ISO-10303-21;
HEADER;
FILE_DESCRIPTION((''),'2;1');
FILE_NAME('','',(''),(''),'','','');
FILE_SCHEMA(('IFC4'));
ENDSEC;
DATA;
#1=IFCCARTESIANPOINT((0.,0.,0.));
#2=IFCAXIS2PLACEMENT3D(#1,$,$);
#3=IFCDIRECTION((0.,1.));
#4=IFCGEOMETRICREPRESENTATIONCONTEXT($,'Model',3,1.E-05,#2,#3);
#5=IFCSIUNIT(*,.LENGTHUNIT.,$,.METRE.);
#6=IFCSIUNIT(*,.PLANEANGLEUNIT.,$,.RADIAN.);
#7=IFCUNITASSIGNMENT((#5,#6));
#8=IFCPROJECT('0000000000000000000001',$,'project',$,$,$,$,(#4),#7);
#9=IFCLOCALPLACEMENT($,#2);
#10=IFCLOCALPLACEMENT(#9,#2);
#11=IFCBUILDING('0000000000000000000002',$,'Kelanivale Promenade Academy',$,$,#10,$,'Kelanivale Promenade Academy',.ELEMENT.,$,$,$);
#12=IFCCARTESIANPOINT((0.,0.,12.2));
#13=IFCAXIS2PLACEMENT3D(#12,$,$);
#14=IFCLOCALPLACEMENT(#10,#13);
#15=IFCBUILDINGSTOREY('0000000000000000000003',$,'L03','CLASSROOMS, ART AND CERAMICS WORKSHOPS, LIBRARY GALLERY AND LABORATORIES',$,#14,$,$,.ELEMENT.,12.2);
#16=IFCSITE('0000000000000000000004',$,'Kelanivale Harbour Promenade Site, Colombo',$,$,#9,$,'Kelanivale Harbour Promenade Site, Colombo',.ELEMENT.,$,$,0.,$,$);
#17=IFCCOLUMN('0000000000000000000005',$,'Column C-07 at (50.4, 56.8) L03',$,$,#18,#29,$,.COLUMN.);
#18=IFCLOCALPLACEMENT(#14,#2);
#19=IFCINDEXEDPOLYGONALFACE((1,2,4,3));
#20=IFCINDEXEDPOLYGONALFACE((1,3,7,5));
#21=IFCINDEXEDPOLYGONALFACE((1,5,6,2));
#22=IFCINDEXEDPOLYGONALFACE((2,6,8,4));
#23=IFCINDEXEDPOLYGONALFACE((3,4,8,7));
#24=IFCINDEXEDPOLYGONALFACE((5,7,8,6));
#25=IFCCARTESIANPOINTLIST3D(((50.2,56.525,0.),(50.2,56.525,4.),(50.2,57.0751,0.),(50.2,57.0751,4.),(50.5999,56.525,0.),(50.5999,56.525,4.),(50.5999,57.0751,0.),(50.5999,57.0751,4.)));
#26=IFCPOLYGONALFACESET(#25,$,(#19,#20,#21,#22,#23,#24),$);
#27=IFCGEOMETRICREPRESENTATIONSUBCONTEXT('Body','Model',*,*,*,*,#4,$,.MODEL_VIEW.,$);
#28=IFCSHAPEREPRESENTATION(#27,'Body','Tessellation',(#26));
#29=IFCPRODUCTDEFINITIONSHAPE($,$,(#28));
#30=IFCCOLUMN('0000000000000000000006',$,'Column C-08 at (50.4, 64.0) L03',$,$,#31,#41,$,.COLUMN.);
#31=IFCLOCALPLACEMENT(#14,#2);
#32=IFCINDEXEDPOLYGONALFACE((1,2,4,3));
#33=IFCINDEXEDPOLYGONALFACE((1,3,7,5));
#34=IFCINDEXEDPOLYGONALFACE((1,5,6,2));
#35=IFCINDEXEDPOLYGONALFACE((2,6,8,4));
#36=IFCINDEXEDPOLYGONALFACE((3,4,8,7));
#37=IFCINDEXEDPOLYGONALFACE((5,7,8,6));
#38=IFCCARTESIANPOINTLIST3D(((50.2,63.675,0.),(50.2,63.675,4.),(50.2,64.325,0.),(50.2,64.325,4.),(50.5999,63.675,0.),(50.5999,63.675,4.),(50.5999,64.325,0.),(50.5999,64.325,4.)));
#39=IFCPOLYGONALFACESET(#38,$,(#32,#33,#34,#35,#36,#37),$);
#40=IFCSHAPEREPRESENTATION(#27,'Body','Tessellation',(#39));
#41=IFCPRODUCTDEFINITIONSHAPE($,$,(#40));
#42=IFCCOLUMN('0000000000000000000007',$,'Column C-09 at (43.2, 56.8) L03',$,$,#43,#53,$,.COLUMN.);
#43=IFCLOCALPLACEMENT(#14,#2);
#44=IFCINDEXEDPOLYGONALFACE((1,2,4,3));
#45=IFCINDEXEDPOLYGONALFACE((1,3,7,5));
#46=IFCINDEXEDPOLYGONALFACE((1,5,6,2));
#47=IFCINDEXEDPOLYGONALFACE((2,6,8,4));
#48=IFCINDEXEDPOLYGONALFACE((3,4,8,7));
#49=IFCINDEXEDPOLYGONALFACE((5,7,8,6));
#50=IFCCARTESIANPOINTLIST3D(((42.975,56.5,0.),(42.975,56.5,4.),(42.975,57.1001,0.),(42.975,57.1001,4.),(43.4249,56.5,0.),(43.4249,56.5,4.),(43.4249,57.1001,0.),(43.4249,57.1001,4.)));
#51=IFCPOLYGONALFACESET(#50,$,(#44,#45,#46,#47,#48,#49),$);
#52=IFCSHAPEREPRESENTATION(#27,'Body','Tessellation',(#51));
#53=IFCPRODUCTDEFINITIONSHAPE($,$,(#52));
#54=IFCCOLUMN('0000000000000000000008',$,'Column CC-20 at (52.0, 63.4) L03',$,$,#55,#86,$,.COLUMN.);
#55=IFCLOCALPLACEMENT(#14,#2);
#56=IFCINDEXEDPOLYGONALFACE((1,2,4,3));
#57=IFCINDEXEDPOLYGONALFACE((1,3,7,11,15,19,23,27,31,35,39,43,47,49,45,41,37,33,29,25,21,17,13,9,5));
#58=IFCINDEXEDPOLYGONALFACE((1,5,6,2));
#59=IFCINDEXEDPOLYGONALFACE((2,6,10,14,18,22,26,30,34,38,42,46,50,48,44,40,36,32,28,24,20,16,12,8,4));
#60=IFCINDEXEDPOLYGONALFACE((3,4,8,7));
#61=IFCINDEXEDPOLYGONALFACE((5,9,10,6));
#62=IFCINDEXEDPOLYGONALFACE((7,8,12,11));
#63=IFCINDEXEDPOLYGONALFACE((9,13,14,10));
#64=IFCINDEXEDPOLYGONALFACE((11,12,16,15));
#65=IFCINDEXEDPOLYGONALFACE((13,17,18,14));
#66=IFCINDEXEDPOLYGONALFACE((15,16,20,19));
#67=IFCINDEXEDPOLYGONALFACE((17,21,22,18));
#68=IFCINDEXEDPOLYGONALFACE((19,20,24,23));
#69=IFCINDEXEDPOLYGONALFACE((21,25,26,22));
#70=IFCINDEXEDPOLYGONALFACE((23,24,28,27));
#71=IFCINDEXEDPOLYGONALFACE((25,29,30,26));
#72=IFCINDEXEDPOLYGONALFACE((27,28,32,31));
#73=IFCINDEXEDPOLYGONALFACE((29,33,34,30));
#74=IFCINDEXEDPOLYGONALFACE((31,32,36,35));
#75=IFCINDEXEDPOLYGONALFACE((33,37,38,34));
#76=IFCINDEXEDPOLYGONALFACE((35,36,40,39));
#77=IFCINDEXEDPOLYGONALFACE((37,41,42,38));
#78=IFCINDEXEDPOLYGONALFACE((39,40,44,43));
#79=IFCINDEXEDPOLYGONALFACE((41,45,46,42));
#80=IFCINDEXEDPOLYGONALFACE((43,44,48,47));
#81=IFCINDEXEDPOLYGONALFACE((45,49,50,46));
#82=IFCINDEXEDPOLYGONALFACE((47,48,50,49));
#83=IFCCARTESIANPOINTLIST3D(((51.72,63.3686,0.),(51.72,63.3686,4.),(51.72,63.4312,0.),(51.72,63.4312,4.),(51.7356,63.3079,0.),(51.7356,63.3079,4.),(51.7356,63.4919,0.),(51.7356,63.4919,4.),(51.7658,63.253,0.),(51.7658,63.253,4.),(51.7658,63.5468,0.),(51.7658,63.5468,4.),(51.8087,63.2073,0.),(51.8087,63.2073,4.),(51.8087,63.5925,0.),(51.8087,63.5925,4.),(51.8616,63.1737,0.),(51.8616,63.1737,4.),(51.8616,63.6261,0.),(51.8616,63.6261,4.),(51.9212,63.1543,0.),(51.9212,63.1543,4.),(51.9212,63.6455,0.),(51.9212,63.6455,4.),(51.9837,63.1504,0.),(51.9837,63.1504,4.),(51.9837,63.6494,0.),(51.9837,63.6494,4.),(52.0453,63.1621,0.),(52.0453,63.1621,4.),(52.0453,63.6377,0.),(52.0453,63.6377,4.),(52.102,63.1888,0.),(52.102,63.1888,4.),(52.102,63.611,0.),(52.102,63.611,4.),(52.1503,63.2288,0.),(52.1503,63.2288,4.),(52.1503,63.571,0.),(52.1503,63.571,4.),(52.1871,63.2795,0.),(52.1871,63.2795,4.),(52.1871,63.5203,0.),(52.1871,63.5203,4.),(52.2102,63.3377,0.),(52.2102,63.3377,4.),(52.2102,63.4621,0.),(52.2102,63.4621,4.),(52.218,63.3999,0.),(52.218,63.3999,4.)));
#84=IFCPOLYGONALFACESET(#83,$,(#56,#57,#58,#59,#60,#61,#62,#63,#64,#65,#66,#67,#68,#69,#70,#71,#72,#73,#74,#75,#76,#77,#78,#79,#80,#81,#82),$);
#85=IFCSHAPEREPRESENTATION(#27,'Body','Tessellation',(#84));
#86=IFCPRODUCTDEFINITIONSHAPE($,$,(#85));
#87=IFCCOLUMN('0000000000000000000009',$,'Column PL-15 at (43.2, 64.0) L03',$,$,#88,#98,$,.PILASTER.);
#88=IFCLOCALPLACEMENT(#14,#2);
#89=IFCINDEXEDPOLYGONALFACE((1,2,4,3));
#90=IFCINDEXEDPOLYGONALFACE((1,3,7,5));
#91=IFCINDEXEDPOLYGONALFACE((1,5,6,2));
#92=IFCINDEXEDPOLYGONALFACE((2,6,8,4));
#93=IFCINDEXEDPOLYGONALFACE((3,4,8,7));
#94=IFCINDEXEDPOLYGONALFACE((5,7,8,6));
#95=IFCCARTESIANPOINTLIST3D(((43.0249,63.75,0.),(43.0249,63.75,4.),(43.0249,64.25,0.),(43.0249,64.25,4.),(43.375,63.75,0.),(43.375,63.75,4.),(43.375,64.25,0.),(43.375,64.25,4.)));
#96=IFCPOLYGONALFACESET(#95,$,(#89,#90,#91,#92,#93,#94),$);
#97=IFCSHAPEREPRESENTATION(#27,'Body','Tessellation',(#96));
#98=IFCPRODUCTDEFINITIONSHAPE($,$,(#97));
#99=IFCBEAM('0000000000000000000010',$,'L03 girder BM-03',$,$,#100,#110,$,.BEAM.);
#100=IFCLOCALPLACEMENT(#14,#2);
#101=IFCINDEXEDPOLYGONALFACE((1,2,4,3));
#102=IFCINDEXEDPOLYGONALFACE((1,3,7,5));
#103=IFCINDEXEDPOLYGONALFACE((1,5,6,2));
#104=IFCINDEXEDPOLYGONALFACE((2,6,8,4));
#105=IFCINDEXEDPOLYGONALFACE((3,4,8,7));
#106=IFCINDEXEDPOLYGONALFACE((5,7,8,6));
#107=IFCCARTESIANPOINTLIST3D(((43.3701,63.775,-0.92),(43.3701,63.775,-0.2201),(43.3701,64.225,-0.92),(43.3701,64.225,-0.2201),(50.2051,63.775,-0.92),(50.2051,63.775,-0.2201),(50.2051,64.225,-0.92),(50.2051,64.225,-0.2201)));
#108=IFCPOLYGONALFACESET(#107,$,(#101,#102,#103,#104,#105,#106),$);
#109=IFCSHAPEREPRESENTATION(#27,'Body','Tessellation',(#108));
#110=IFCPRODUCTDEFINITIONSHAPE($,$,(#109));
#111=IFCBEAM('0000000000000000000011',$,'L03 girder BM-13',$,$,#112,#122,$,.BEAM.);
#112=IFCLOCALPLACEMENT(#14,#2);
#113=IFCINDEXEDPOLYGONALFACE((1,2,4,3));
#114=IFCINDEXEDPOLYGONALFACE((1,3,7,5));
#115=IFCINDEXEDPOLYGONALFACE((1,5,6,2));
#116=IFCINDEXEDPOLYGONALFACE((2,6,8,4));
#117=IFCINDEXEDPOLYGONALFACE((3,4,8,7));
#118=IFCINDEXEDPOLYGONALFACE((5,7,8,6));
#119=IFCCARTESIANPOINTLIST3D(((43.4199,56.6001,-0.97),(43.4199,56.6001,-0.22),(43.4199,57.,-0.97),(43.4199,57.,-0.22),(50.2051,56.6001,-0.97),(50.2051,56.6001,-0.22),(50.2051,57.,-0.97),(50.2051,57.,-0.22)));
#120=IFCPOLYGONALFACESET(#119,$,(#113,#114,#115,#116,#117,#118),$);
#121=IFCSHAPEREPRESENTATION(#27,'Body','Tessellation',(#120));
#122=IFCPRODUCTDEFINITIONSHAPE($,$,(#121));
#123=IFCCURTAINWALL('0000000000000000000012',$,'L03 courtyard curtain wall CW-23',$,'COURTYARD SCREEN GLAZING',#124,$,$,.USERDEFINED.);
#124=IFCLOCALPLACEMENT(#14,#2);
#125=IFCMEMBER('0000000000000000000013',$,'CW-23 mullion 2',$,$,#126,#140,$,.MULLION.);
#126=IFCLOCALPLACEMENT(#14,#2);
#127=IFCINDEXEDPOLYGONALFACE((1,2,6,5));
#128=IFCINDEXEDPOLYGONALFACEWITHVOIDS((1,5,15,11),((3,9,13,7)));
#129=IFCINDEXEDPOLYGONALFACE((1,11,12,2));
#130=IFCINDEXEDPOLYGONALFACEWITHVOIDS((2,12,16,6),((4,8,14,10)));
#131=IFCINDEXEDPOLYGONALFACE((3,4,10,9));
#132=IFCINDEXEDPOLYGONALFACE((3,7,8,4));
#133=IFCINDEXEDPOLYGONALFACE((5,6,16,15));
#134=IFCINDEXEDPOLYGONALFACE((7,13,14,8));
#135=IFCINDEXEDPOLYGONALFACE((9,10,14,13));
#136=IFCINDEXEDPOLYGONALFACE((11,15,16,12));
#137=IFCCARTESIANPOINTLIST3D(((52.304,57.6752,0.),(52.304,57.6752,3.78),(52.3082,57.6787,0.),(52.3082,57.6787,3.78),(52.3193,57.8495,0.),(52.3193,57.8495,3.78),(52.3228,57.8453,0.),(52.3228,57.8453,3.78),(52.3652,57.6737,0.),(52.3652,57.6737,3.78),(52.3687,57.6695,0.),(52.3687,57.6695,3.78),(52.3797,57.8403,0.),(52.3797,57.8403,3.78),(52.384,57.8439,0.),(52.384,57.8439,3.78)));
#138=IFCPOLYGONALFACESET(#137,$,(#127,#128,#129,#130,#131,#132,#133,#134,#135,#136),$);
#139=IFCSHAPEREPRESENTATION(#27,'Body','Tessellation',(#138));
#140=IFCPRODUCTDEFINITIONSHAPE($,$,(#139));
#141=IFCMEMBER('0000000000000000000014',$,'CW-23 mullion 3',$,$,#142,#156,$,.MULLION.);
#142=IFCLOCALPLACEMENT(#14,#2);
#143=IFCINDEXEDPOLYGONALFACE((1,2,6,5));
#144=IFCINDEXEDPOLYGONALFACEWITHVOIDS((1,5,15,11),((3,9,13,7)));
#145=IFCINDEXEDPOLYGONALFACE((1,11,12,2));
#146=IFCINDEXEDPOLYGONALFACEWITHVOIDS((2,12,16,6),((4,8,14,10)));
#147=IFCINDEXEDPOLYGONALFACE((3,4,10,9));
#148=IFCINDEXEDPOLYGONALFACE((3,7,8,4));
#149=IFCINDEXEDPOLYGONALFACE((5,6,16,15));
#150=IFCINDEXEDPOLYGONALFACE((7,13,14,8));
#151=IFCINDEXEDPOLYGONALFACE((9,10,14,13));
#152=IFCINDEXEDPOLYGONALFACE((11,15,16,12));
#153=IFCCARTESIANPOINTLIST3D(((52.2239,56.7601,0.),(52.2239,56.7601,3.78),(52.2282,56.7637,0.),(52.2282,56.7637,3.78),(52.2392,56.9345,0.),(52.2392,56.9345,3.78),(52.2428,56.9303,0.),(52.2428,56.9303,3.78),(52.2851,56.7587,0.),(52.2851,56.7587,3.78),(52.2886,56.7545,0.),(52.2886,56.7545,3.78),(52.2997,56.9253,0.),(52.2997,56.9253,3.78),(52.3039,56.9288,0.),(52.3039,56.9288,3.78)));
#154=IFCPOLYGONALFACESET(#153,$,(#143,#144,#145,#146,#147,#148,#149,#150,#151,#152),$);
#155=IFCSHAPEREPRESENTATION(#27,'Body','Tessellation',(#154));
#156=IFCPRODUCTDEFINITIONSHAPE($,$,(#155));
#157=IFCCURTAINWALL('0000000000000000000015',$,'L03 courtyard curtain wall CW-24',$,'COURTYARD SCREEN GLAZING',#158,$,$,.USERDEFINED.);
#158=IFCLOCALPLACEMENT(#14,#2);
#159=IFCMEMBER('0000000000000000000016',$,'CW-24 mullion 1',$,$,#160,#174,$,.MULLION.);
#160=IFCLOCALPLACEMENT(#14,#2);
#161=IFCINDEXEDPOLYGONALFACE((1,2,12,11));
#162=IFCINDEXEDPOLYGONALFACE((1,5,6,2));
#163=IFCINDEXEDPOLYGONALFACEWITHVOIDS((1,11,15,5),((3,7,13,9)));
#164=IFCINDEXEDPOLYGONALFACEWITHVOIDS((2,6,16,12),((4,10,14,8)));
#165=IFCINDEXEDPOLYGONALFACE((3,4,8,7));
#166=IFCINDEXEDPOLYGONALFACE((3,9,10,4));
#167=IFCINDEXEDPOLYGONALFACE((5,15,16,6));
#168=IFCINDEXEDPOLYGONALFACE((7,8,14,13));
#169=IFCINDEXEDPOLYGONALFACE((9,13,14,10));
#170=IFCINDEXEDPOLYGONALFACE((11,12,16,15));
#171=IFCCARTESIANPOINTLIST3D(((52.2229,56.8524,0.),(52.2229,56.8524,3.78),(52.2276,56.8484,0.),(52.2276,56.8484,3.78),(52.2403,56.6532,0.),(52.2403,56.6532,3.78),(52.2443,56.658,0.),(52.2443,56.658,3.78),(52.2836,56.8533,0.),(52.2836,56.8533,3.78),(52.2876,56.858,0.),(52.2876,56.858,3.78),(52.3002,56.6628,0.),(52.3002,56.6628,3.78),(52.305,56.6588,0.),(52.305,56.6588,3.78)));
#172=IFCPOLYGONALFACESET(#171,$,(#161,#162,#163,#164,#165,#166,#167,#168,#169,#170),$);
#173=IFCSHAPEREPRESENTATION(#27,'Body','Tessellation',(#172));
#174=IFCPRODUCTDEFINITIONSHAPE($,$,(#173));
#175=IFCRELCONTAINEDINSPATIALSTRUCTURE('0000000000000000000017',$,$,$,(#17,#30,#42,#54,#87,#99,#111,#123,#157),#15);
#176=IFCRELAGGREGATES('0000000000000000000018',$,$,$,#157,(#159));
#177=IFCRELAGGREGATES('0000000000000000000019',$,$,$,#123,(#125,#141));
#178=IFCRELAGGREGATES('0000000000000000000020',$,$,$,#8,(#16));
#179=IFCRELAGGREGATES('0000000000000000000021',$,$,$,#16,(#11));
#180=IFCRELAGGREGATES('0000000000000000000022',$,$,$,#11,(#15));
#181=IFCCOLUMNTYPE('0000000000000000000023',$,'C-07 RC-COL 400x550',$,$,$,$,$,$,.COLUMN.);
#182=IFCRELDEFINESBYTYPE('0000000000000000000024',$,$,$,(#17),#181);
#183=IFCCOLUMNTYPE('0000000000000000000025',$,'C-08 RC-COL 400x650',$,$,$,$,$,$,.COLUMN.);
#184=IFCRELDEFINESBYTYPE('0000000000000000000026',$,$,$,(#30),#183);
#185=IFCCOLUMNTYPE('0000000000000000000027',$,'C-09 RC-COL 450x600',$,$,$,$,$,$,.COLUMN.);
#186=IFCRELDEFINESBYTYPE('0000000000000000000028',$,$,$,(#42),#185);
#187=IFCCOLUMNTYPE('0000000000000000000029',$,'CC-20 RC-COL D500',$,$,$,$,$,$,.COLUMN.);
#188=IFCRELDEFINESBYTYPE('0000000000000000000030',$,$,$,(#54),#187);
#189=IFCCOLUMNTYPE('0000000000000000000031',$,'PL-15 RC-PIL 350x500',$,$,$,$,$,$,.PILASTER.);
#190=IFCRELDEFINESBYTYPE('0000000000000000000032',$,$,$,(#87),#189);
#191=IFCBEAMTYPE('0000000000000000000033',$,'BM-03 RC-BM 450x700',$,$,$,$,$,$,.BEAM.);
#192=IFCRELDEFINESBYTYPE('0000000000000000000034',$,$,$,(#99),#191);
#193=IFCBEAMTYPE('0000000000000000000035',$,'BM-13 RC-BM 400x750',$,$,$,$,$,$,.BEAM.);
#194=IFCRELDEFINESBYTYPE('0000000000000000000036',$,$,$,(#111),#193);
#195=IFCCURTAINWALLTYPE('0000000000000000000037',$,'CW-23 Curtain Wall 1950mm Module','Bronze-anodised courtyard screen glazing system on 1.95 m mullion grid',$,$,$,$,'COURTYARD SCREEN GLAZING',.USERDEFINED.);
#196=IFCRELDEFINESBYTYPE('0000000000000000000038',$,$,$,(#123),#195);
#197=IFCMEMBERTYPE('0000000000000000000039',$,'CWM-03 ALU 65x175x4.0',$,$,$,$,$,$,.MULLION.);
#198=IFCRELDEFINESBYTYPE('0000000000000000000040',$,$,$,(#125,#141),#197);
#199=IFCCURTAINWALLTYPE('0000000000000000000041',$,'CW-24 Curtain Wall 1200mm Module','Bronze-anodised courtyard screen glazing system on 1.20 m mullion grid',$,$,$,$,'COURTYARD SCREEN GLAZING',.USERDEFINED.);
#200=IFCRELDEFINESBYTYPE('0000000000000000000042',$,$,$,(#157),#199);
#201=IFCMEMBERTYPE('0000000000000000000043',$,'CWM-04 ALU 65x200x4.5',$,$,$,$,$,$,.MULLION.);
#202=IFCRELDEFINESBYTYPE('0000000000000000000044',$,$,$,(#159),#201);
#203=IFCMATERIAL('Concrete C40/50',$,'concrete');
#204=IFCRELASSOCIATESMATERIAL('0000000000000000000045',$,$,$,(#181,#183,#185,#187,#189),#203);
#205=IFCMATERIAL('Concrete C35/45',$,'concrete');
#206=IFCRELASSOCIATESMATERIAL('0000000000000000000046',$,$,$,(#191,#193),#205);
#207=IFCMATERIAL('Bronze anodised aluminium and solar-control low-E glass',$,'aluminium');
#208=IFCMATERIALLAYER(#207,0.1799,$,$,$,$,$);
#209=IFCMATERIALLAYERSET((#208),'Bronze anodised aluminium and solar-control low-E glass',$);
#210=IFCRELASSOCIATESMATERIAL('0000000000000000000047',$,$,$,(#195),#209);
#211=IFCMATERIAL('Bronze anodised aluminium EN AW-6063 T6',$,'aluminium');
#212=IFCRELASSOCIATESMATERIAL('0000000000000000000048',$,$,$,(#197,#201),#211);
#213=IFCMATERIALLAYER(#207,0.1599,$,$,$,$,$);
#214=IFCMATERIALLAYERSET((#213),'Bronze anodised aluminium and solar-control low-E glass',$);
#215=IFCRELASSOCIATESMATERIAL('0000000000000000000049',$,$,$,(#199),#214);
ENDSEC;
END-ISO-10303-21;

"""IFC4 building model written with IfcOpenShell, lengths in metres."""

from ifc_helpers import new_model, si_unit, direction, frame, origin, origin_2d, place, context, subcontext, project, spatial, rectangle, hollow_rectangle, circle, extrude, material, layer, layer_set, material_profile, profile_set, type_object, element, aggregate, save


model = new_model("IFC4")

# Units and contexts
model_context = context("Model", 3, precision=1e-05, world=origin(), true_north=direction((0.0, 1.0)))
body_context = subcontext(model_context, "Body", "Model", "MODEL_VIEW")
ifc_project = project(units=[si_unit("LENGTHUNIT", "METRE"), si_unit("PLANEANGLEUNIT", "RADIAN")], contexts=[model_context])

# Site, building, storey
site_placement = place(None, origin())
site = spatial("IfcSite", under=ifc_project, at=site_placement, Name="Kelanivale Harbour Promenade Site, Colombo", LongName="Kelanivale Harbour Promenade Site, Colombo", CompositionType="ELEMENT", RefElevation=0.0)
building_placement = place(site_placement, origin())
building = spatial("IfcBuilding", under=site, at=building_placement, Name="Kelanivale Promenade Academy", LongName="Kelanivale Promenade Academy", CompositionType="ELEMENT")
storey_placement = place(building_placement, frame((0.0, 0.0, 12.2)))
storey = spatial("IfcBuildingStorey", under=building, at=storey_placement, Name="L03", Description="CLASSROOMS, ART AND CERAMICS WORKSHOPS, LIBRARY GALLERY AND LABORATORIES", CompositionType="ELEMENT", Elevation=12.2)

# Columns
ifc_material_1 = material(Name="Concrete C40/50", Category="concrete")
ifc_material_profile_1 = material_profile(ifc_material_1, rectangle(XDim=0.3999, YDim=0.55, at=origin_2d()), Name="RC-COL 400x550")
ifc_profile_set_1 = profile_set([ifc_material_profile_1], Name="Concrete C40/50")
column_type_1 = type_object("IfcColumnType", Name="C-07 RC-COL 400x550", PredefinedType="COLUMN", material=ifc_profile_set_1)
column_1_placement = place(storey_placement, frame((50.3999, 56.8, 0.0), z_axis=(0.0, 0.0, 1.0), x_axis=(1.0, 0.0, 0.0)))
element("IfcColumn", 1, at=column_1_placement, inside=storey, type_object=column_type_1, Name="Column C-07 at (50.4, 56.8) L03", PredefinedType="COLUMN", context=body_context, shape_type="SweptSolid", body=[
    extrude(rectangle(XDim=0.3999, YDim=0.55, at=origin_2d()), origin(), (0.0, 0.0, 1.0), 4.0),
])
ifc_material_profile_2 = material_profile(ifc_material_1, rectangle(XDim=0.3999, YDim=0.6499, at=origin_2d()), Name="RC-COL 400x650")
ifc_profile_set_2 = profile_set([ifc_material_profile_2], Name="Concrete C40/50")
column_type_2 = type_object("IfcColumnType", Name="C-08 RC-COL 400x650", PredefinedType="COLUMN", material=ifc_profile_set_2)
column_2_placement = place(storey_placement, frame((50.3999, 64.0, 0.0), z_axis=(0.0, 0.0, 1.0), x_axis=(1.0, 0.0, 0.0)))
element("IfcColumn", 2, at=column_2_placement, inside=storey, type_object=column_type_2, Name="Column C-08 at (50.4, 64.0) L03", PredefinedType="COLUMN", context=body_context, shape_type="SweptSolid", body=[
    extrude(rectangle(XDim=0.3999, YDim=0.6499, at=origin_2d()), origin(), (0.0, 0.0, 1.0), 4.0),
])
ifc_material_profile_3 = material_profile(ifc_material_1, rectangle(XDim=0.45, YDim=0.6001, at=origin_2d()), Name="RC-COL 450x600")
ifc_profile_set_3 = profile_set([ifc_material_profile_3], Name="Concrete C40/50")
column_type_3 = type_object("IfcColumnType", Name="C-09 RC-COL 450x600", PredefinedType="COLUMN", material=ifc_profile_set_3)
column_3_placement = place(storey_placement, frame((43.2, 56.8, 0.0), z_axis=(0.0, 0.0, 1.0), x_axis=(1.0, 0.0, 0.0)))
element("IfcColumn", 3, at=column_3_placement, inside=storey, type_object=column_type_3, Name="Column C-09 at (43.2, 56.8) L03", PredefinedType="COLUMN", context=body_context, shape_type="SweptSolid", body=[
    extrude(rectangle(XDim=0.45, YDim=0.6001, at=origin_2d()), origin(), (0.0, 0.0, 1.0), 4.0),
])
ifc_material_profile_4 = material_profile(ifc_material_1, circle(Radius=0.25, at=origin_2d()), Name="RC-COL D500")
ifc_profile_set_4 = profile_set([ifc_material_profile_4], Name="Concrete C40/50")
column_type_4 = type_object("IfcColumnType", Name="CC-20 RC-COL D500", PredefinedType="COLUMN", material=ifc_profile_set_4)
column_4_placement = place(storey_placement, frame((51.968, 63.3999, 0.0), z_axis=(0.0, 0.0, 1.0), x_axis=(1.0, 0.0, 0.0)))
element("IfcColumn", 4, at=column_4_placement, inside=storey, type_object=column_type_4, Name="Column CC-20 at (52.0, 63.4) L03", PredefinedType="COLUMN", context=body_context, shape_type="SweptSolid", body=[
    extrude(circle(Radius=0.25, at=origin_2d()), origin(), (0.0, 0.0, 1.0), 4.0),
])
ifc_material_profile_5 = material_profile(ifc_material_1, rectangle(XDim=0.3501, YDim=0.5, at=origin_2d()), Name="RC-PIL 350x500")
ifc_profile_set_5 = profile_set([ifc_material_profile_5], Name="Concrete C40/50")
column_type_5 = type_object("IfcColumnType", Name="PL-15 RC-PIL 350x500", PredefinedType="PILASTER", material=ifc_profile_set_5)
column_5_placement = place(storey_placement, frame((43.2, 64.0, 0.0), z_axis=(0.0, 0.0, 1.0), x_axis=(1.0, 0.0, 0.0)))
element("IfcColumn", 5, at=column_5_placement, inside=storey, type_object=column_type_5, Name="Column PL-15 at (43.2, 64.0) L03", PredefinedType="PILASTER", context=body_context, shape_type="SweptSolid", body=[
    extrude(rectangle(XDim=0.3501, YDim=0.5, at=origin_2d()), origin(), (0.0, 0.0, 1.0), 4.0),
])

# Beams
ifc_material_2 = material(Name="Concrete C35/45", Category="concrete")
ifc_material_profile_6 = material_profile(ifc_material_2, rectangle(XDim=0.45, YDim=0.7, at=origin_2d()), Name="RC-BM 450x700")
ifc_profile_set_6 = profile_set([ifc_material_profile_6], Name="Concrete C35/45")
beam_type_1 = type_object("IfcBeamType", Name="BM-03 RC-BM 450x700", PredefinedType="BEAM", material=ifc_profile_set_6)
beam_1_placement = place(storey_placement, frame((43.3701, 64.0, -0.5701), z_axis=(1.0, 0.0, 0.0), x_axis=(0.0, 1.0, 0.0)))
element("IfcBeam", 6, at=beam_1_placement, inside=storey, type_object=beam_type_1, Name="L03 girder BM-03", PredefinedType="BEAM", context=body_context, shape_type="SweptSolid", body=[
    extrude(rectangle(XDim=0.45, YDim=0.7, at=origin_2d()), origin(), (0.0, 0.0, 1.0), 6.835),
])
ifc_material_profile_7 = material_profile(ifc_material_2, rectangle(XDim=0.3999, YDim=0.75, at=origin_2d()), Name="RC-BM 400x750")
ifc_profile_set_7 = profile_set([ifc_material_profile_7], Name="Concrete C35/45")
beam_type_2 = type_object("IfcBeamType", Name="BM-13 RC-BM 400x750", PredefinedType="BEAM", material=ifc_profile_set_7)
beam_2_placement = place(storey_placement, frame((43.4199, 56.8, -0.595), z_axis=(1.0, 0.0, 0.0), x_axis=(0.0, 1.0, 0.0)))
element("IfcBeam", 7, at=beam_2_placement, inside=storey, type_object=beam_type_2, Name="L03 girder BM-13", PredefinedType="BEAM", context=body_context, shape_type="SweptSolid", body=[
    extrude(rectangle(XDim=0.3999, YDim=0.75, at=origin_2d()), origin(), (0.0, 0.0, 1.0), 6.7852),
])

# Curtain wall, members
ifc_material_3 = material(Name="Bronze anodised aluminium and solar-control low-E glass", Category="aluminium")
ifc_layer_1 = layer(ifc_material_3, 0.1799)
ifc_layer_set_1 = layer_set([ifc_layer_1], Name="Bronze anodised aluminium and solar-control low-E glass")
curtain_wall_type_1 = type_object("IfcCurtainWallType", Name="CW-23 Curtain Wall 1950mm Module", Description="Bronze-anodised courtyard screen glazing system on 1.95 m mullion grid", ElementType="COURTYARD SCREEN GLAZING", PredefinedType="USERDEFINED", material=ifc_layer_set_1)
curtain_wall_1_placement = place(storey_placement, origin())
curtain_wall_1 = element("IfcCurtainWall", 8, at=curtain_wall_1_placement, inside=storey, type_object=curtain_wall_type_1, Name="L03 courtyard curtain wall CW-23", ObjectType="COURTYARD SCREEN GLAZING", PredefinedType="USERDEFINED")
ifc_material_4 = material(Name="Bronze anodised aluminium EN AW-6063 T6", Category="aluminium")
ifc_material_profile_8 = material_profile(ifc_material_4, hollow_rectangle(XDim=0.0649, YDim=0.175, WallThickness=0.0039, at=origin_2d()), Name="ALU 65x175x4.0")
ifc_profile_set_8 = profile_set([ifc_material_profile_8], Name="Bronze anodised aluminium EN AW-6063 T6")
member_type_1 = type_object("IfcMemberType", Name="CWM-03 ALU 65x175x4.0", PredefinedType="MULLION", material=ifc_profile_set_8)
member_1_placement = place(storey_placement, frame((52.344, 57.7595, 0.0), z_axis=(0.0, 0.0, 1.0), x_axis=(0.996185, -0.087265, 0.0)))
member_1 = element("IfcMember", 9, at=member_1_placement, type_object=member_type_1, Name="CW-23 mullion 2", PredefinedType="MULLION", context=body_context, shape_type="SweptSolid", body=[
    extrude(hollow_rectangle(XDim=0.0649, YDim=0.175, WallThickness=0.0039, at=origin_2d()), origin(), (0.0, 0.0, 1.0), 3.78),
])
member_2_placement = place(storey_placement, frame((52.2639, 56.8445, 0.0), z_axis=(0.0, 0.0, 1.0), x_axis=(0.996185, -0.087265, 0.0)))
member_2 = element("IfcMember", 10, at=member_2_placement, type_object=member_type_1, Name="CW-23 mullion 3", PredefinedType="MULLION", context=body_context, shape_type="SweptSolid", body=[
    extrude(hollow_rectangle(XDim=0.0649, YDim=0.175, WallThickness=0.0039, at=origin_2d()), origin(), (0.0, 0.0, 1.0), 3.78),
])

# Curtain wall, member
ifc_layer_2 = layer(ifc_material_3, 0.1599)
ifc_layer_set_2 = layer_set([ifc_layer_2], Name="Bronze anodised aluminium and solar-control low-E glass")
curtain_wall_type_2 = type_object("IfcCurtainWallType", Name="CW-24 Curtain Wall 1200mm Module", Description="Bronze-anodised courtyard screen glazing system on 1.20 m mullion grid", ElementType="COURTYARD SCREEN GLAZING", PredefinedType="USERDEFINED", material=ifc_layer_set_2)
curtain_wall_2_placement = place(storey_placement, origin())
curtain_wall_2 = element("IfcCurtainWall", 11, at=curtain_wall_2_placement, inside=storey, type_object=curtain_wall_type_2, Name="L03 courtyard curtain wall CW-24", ObjectType="COURTYARD SCREEN GLAZING", PredefinedType="USERDEFINED")
ifc_material_profile_9 = material_profile(ifc_material_4, hollow_rectangle(XDim=0.0649, YDim=0.2, WallThickness=0.0044, at=origin_2d()), Name="ALU 65x200x4.5")
ifc_profile_set_9 = profile_set([ifc_material_profile_9], Name="Bronze anodised aluminium EN AW-6063 T6")
member_type_2 = type_object("IfcMemberType", Name="CWM-04 ALU 65x200x4.5", PredefinedType="MULLION", material=ifc_profile_set_9)
member_3_placement = place(storey_placement, frame((52.2639, 56.7556, 0.0), z_axis=(0.0, 0.0, 1.0), x_axis=(0.996199, 0.087102, 0.0)))
member_3 = element("IfcMember", 12, at=member_3_placement, type_object=member_type_2, Name="CW-24 mullion 1", PredefinedType="MULLION", context=body_context, shape_type="SweptSolid", body=[
    extrude(hollow_rectangle(XDim=0.0649, YDim=0.2, WallThickness=0.0044, at=origin_2d()), origin(), (0.0, 0.0, 1.0), 3.78),
])

aggregate(curtain_wall_2, [member_3])

aggregate(curtain_wall_1, [member_1, member_2])

save(model, "model.ifc")
